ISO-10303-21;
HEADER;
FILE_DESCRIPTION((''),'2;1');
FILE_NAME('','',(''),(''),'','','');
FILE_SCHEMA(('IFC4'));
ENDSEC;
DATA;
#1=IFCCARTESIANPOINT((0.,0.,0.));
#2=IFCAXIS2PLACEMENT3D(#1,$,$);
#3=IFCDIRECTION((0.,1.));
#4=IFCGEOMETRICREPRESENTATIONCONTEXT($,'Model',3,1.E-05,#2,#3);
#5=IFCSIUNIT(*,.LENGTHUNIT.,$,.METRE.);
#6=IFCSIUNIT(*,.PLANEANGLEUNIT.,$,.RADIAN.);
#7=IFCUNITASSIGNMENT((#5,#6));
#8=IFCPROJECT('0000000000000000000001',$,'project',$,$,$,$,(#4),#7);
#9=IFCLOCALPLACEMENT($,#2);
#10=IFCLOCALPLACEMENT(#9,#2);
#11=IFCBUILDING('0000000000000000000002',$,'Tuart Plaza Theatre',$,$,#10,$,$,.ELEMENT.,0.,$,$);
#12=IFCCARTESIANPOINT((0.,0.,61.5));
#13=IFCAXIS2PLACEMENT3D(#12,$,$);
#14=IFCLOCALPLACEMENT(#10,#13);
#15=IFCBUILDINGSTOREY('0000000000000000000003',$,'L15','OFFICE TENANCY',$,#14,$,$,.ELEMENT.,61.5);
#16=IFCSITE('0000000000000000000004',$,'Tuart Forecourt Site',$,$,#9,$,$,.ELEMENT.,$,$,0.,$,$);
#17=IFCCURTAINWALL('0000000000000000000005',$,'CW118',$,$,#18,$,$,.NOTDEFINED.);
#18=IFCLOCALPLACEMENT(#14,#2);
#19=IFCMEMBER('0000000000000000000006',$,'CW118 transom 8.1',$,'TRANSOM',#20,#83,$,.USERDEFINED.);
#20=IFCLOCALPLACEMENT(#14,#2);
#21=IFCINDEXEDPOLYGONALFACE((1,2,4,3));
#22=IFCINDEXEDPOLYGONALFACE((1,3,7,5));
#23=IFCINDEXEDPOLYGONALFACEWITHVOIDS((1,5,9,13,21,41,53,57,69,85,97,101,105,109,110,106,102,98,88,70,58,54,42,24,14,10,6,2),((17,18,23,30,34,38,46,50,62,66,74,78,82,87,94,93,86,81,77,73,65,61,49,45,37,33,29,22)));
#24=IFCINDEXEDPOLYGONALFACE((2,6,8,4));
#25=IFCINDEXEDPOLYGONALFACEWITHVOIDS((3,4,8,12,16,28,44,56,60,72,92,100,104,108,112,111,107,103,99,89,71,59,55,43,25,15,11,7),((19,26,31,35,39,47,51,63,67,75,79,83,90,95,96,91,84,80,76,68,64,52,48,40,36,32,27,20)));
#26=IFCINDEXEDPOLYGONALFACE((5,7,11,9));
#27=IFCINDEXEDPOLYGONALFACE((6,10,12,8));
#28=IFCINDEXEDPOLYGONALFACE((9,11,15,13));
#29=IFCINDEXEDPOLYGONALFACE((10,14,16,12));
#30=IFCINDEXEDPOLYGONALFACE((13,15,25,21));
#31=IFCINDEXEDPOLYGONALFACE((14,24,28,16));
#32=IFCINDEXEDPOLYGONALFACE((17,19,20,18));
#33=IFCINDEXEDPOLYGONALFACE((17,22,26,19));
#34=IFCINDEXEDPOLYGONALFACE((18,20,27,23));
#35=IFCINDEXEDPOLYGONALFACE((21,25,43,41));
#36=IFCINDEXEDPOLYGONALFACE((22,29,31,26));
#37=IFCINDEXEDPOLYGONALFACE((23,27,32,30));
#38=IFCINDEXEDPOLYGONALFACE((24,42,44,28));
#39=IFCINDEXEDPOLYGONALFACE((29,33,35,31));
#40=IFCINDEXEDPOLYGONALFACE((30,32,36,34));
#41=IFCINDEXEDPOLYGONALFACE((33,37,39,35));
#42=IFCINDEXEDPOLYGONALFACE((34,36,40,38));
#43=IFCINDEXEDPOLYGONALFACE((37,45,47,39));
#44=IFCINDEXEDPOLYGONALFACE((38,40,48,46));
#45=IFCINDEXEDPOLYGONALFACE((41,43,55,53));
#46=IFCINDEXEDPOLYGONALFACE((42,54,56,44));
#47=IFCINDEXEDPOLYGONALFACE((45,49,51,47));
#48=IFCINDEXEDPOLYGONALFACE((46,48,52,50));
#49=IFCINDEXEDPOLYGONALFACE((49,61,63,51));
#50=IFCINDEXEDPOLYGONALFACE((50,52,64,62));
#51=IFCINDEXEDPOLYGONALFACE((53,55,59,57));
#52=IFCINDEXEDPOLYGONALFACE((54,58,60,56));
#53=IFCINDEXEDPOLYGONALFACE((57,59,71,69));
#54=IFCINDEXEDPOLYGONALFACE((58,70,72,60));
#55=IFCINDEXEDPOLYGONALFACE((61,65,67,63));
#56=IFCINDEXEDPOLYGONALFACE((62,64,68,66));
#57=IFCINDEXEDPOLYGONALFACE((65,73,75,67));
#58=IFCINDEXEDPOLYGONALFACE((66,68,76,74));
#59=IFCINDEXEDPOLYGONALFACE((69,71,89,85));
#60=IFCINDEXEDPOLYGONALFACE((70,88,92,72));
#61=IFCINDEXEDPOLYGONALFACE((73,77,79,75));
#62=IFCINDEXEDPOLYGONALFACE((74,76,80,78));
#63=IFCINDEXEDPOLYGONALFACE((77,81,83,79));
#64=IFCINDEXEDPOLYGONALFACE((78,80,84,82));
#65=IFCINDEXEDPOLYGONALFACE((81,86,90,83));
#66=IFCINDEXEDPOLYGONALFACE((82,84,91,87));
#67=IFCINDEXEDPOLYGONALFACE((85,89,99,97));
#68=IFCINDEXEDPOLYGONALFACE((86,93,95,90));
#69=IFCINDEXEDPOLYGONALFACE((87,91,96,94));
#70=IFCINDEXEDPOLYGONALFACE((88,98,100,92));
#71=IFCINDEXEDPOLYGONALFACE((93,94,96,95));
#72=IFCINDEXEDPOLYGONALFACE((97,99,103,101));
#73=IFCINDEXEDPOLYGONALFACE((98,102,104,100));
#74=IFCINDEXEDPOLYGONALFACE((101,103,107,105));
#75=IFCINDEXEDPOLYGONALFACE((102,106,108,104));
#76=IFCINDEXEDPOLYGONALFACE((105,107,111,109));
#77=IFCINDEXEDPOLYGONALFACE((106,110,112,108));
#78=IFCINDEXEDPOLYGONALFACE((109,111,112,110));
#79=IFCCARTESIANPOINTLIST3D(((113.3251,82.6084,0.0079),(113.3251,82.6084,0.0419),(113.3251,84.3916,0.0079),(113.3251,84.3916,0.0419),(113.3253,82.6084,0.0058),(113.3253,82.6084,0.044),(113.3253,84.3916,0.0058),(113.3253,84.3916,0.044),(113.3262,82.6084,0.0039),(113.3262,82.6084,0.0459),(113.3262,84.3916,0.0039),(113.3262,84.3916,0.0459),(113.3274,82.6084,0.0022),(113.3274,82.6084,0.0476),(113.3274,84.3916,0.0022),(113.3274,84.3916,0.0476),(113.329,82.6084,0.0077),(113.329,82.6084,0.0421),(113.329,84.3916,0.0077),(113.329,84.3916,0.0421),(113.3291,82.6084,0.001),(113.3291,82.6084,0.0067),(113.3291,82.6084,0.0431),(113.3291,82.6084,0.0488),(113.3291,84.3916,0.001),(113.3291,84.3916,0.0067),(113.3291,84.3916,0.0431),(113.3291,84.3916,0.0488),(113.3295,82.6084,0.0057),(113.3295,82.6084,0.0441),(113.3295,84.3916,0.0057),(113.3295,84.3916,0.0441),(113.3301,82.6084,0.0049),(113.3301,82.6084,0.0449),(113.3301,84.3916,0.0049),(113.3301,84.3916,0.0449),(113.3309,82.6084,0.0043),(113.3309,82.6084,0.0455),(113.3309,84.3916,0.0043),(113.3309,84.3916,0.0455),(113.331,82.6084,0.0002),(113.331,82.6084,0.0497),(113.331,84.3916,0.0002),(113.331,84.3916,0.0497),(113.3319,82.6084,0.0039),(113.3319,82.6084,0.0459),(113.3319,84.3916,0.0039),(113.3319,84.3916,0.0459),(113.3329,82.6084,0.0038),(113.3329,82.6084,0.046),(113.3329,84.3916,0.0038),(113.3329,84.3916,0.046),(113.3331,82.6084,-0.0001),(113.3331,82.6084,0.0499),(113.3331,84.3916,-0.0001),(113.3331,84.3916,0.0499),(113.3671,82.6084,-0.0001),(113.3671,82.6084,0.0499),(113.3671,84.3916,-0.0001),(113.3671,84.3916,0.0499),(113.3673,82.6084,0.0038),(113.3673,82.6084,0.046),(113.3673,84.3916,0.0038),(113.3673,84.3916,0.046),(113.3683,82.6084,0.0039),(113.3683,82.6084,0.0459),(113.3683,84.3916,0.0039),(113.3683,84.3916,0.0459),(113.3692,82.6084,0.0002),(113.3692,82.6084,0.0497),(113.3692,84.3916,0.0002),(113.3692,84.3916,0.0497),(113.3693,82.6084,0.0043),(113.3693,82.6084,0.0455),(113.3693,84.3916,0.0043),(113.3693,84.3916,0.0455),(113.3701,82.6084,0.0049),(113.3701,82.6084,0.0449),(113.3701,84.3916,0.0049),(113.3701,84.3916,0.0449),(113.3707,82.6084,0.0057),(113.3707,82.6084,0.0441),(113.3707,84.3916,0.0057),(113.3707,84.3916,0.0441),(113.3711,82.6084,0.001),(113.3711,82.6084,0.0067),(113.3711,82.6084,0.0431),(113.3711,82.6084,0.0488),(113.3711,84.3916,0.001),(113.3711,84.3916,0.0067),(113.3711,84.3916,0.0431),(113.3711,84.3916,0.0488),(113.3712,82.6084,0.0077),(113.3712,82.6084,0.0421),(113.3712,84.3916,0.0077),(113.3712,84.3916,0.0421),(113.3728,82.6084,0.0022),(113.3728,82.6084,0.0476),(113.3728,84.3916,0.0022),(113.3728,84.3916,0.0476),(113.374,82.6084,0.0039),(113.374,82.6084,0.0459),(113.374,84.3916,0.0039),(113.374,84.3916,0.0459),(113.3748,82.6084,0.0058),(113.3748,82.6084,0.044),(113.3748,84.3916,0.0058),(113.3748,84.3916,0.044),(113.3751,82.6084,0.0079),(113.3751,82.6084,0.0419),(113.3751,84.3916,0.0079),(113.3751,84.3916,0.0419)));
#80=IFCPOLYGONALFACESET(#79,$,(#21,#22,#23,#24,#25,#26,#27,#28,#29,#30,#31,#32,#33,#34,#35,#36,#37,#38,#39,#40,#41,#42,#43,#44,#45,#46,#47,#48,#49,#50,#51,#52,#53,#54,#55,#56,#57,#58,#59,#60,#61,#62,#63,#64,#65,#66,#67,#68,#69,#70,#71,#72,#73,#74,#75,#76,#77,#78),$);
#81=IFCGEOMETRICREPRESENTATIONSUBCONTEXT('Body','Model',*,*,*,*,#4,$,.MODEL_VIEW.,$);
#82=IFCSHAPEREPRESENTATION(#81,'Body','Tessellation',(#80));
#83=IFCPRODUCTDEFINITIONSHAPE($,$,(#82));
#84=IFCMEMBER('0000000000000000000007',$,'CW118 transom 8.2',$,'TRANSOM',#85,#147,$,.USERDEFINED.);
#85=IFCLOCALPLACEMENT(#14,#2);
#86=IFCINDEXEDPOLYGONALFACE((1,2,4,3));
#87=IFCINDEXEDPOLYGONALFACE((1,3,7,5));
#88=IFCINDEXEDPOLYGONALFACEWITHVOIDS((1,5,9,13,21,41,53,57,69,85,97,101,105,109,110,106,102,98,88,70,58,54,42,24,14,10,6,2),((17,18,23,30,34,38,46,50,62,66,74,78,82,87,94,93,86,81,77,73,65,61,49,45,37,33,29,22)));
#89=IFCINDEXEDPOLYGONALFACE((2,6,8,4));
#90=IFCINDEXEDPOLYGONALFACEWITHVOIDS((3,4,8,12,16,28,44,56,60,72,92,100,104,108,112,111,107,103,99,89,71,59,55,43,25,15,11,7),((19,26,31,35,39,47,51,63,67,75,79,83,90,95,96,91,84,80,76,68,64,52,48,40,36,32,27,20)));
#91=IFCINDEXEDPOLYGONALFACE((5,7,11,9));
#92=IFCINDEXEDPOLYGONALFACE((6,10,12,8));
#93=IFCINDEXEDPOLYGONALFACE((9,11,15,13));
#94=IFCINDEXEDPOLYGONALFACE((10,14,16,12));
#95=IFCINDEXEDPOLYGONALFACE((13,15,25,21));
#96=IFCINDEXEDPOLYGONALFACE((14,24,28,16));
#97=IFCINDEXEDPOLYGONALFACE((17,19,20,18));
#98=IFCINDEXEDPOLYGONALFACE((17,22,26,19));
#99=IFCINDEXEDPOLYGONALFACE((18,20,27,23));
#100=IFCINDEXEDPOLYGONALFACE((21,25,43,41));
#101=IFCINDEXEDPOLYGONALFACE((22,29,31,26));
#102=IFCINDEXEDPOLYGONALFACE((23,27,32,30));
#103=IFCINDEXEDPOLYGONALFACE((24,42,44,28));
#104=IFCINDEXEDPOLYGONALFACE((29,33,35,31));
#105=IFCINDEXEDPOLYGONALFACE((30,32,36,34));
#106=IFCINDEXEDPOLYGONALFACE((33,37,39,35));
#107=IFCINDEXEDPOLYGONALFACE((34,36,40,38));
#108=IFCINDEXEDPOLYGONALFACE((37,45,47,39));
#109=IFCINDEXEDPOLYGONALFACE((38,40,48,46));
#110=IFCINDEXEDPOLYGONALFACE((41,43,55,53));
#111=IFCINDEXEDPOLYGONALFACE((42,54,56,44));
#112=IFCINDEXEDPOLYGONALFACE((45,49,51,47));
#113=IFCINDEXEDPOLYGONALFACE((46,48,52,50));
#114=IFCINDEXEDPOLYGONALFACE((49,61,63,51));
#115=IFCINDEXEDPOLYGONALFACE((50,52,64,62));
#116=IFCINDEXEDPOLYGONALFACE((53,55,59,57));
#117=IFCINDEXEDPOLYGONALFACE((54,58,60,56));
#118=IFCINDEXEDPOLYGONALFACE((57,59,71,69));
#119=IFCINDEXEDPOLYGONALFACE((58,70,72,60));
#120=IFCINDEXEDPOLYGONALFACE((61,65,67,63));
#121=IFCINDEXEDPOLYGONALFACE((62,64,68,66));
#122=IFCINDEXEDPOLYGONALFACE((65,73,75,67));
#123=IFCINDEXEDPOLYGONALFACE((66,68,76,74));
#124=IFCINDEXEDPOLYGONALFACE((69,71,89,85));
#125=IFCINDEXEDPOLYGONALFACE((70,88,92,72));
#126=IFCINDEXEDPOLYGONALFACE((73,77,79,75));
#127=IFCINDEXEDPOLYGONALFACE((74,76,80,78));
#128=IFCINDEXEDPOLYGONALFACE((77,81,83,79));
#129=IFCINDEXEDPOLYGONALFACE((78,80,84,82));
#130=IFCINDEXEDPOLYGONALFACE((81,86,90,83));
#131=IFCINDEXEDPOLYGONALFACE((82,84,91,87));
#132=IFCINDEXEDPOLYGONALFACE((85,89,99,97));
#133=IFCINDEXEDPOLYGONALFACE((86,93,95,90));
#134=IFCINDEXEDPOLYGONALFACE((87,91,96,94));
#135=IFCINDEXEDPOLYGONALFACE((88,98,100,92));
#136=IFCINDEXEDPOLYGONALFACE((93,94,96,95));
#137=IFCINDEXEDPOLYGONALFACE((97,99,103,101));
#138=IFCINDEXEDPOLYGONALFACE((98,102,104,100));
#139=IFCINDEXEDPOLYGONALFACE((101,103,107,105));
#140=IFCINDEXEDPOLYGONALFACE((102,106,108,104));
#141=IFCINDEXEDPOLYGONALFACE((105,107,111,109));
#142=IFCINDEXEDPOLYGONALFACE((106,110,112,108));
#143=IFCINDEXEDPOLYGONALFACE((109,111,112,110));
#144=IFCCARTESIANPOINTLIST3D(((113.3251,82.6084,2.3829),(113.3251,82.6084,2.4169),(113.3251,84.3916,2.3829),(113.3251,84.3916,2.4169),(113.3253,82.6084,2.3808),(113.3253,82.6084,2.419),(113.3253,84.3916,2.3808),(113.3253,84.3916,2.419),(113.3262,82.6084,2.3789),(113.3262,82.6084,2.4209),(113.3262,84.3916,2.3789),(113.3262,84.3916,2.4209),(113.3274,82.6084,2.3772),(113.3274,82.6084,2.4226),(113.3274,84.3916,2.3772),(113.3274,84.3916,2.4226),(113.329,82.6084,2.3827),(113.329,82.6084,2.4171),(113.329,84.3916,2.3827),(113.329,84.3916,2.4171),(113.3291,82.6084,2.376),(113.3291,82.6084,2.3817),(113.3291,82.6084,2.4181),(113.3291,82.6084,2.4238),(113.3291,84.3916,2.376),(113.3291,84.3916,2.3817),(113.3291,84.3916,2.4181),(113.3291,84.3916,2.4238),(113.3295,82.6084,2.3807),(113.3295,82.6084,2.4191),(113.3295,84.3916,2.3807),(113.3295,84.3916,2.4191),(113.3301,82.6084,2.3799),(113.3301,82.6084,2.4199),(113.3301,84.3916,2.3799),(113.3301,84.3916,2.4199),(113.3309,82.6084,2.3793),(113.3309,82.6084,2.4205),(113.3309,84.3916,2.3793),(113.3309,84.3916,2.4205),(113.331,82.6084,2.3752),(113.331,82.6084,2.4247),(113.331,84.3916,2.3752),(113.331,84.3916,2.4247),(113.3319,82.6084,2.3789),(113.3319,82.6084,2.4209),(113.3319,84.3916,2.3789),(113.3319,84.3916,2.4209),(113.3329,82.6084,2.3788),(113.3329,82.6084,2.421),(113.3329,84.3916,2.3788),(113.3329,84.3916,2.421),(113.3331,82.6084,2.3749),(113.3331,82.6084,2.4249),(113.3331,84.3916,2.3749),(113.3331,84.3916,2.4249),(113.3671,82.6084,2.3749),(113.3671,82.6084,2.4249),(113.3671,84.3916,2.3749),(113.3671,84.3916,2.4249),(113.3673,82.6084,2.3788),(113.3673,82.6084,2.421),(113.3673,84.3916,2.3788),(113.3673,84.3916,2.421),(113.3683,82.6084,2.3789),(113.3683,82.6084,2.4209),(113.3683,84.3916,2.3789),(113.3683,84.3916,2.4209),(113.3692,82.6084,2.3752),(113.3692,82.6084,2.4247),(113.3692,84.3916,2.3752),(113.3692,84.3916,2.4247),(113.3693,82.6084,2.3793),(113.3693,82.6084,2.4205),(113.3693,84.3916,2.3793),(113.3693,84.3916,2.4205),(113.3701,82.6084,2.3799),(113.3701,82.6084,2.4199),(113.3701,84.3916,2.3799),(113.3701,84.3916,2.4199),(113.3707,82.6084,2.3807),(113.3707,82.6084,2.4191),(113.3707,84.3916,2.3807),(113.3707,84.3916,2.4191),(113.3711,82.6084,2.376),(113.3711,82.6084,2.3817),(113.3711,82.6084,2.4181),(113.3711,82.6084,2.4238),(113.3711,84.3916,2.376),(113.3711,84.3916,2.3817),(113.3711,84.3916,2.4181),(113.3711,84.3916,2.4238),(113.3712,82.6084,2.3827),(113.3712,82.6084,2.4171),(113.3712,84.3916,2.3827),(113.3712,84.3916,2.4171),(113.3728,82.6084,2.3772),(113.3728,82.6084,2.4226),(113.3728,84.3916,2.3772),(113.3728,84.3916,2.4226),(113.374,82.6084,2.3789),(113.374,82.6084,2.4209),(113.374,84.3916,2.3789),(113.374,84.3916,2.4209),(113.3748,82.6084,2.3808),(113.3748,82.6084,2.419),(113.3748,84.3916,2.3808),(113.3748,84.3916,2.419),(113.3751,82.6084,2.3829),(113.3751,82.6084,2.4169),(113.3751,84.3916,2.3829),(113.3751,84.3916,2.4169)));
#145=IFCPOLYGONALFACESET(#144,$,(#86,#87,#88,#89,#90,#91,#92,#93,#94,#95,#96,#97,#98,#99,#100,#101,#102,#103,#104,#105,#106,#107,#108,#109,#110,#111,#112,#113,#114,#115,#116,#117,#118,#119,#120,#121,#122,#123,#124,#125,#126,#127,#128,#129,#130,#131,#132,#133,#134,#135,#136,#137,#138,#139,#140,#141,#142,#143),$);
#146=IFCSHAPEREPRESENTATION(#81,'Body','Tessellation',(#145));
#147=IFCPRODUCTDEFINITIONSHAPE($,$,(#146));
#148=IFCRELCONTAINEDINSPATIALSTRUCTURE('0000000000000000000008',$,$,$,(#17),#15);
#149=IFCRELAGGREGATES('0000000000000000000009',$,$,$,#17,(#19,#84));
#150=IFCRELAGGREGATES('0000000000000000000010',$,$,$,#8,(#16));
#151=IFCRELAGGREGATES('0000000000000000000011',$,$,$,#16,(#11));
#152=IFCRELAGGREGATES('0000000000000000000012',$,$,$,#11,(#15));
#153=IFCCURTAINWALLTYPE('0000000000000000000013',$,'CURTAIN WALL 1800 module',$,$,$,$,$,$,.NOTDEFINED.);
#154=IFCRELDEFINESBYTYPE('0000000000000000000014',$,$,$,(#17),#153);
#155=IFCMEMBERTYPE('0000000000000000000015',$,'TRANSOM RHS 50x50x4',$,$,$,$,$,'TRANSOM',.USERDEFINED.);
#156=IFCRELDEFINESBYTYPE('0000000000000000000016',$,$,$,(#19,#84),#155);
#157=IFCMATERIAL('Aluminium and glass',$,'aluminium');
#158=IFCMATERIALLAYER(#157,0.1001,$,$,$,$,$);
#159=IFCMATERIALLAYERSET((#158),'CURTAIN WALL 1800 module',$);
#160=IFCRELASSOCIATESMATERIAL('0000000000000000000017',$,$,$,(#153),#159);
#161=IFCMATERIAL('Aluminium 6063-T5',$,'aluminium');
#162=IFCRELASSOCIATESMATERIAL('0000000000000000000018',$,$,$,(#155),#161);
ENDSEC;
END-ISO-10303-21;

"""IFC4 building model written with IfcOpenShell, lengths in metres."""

from ifc_helpers import new_model, si_unit, direction, frame, origin, origin_2d, place, context, subcontext, project, spatial, hollow_rectangle, extrude, material, layer, layer_set, material_profile, profile_set, type_object, element, aggregate, save


model = new_model("IFC4")

# Units and contexts
model_context = context("Model", 3, precision=1e-05, world=origin(), true_north=direction((0.0, 1.0)))
body_context = subcontext(model_context, "Body", "Model", "MODEL_VIEW")
ifc_project = project(units=[si_unit("LENGTHUNIT", "METRE"), si_unit("PLANEANGLEUNIT", "RADIAN")], contexts=[model_context])

# Site, building, storey
site_placement = place(None, origin())
site = spatial("IfcSite", under=ifc_project, at=site_placement, Name="Tuart Forecourt Site", CompositionType="ELEMENT", RefElevation=0.0)
building_placement = place(site_placement, origin())
building = spatial("IfcBuilding", under=site, at=building_placement, Name="Tuart Plaza Theatre", CompositionType="ELEMENT", ElevationOfRefHeight=0.0)
storey_placement = place(building_placement, frame((0.0, 0.0, 61.5)))
storey = spatial("IfcBuildingStorey", under=building, at=storey_placement, Name="L15", Description="OFFICE TENANCY", CompositionType="ELEMENT", Elevation=61.5)

# Curtain wall, members
ifc_material_1 = material(Name="Aluminium and glass", Category="aluminium")
ifc_layer_1 = layer(ifc_material_1, 0.1001)
ifc_layer_set_1 = layer_set([ifc_layer_1], Name="CURTAIN WALL 1800 module")
curtain_wall_type = type_object("IfcCurtainWallType", Name="CURTAIN WALL 1800 module", PredefinedType="NOTDEFINED", material=ifc_layer_set_1)
curtain_wall_placement = place(storey_placement, origin())
curtain_wall = element("IfcCurtainWall", 1, at=curtain_wall_placement, inside=storey, type_object=curtain_wall_type, Name="CW118", PredefinedType="NOTDEFINED")
ifc_material_2 = material(Name="Aluminium 6063-T5", Category="aluminium")
ifc_material_profile = material_profile(ifc_material_2, hollow_rectangle(XDim=0.05, YDim=0.05, WallThickness=0.0039, InnerFilletRadius=0.0039, OuterFilletRadius=0.0081, at=origin_2d()), Name="RHS 50x50x4")
ifc_profile_set = profile_set([ifc_material_profile], Name="Aluminium 6063-T5")
member_type = type_object("IfcMemberType", Name="TRANSOM RHS 50x50x4", ElementType="TRANSOM", PredefinedType="USERDEFINED", material=ifc_profile_set)
member_1_placement = place(storey_placement, frame((113.3501, 84.3916, 0.0249), z_axis=(0.0, -1.0, 0.0), x_axis=(1.0, 0.0, 0.0)))
member_1 = element("IfcMember", 2, at=member_1_placement, type_object=member_type, Name="CW118 transom 8.1", ObjectType="TRANSOM", PredefinedType="USERDEFINED", context=body_context, shape_type="SweptSolid", body=[
    extrude(hollow_rectangle(XDim=0.05, YDim=0.05, WallThickness=0.0039, InnerFilletRadius=0.0039, OuterFilletRadius=0.0081, at=origin_2d()), origin(), (0.0, 0.0, 1.0), 1.7832),
])
member_2_placement = place(storey_placement, frame((113.3501, 84.3916, 2.3999), z_axis=(0.0, -1.0, 0.0), x_axis=(1.0, 0.0, 0.0)))
member_2 = element("IfcMember", 3, at=member_2_placement, type_object=member_type, Name="CW118 transom 8.2", ObjectType="TRANSOM", PredefinedType="USERDEFINED", context=body_context, shape_type="SweptSolid", body=[
    extrude(hollow_rectangle(XDim=0.05, YDim=0.05, WallThickness=0.0039, InnerFilletRadius=0.0039, OuterFilletRadius=0.0081, at=origin_2d()), origin(), (0.0, 0.0, 1.0), 1.7832),
])
aggregate(curtain_wall, [member_1, member_2])

save(model, "model.ifc")
